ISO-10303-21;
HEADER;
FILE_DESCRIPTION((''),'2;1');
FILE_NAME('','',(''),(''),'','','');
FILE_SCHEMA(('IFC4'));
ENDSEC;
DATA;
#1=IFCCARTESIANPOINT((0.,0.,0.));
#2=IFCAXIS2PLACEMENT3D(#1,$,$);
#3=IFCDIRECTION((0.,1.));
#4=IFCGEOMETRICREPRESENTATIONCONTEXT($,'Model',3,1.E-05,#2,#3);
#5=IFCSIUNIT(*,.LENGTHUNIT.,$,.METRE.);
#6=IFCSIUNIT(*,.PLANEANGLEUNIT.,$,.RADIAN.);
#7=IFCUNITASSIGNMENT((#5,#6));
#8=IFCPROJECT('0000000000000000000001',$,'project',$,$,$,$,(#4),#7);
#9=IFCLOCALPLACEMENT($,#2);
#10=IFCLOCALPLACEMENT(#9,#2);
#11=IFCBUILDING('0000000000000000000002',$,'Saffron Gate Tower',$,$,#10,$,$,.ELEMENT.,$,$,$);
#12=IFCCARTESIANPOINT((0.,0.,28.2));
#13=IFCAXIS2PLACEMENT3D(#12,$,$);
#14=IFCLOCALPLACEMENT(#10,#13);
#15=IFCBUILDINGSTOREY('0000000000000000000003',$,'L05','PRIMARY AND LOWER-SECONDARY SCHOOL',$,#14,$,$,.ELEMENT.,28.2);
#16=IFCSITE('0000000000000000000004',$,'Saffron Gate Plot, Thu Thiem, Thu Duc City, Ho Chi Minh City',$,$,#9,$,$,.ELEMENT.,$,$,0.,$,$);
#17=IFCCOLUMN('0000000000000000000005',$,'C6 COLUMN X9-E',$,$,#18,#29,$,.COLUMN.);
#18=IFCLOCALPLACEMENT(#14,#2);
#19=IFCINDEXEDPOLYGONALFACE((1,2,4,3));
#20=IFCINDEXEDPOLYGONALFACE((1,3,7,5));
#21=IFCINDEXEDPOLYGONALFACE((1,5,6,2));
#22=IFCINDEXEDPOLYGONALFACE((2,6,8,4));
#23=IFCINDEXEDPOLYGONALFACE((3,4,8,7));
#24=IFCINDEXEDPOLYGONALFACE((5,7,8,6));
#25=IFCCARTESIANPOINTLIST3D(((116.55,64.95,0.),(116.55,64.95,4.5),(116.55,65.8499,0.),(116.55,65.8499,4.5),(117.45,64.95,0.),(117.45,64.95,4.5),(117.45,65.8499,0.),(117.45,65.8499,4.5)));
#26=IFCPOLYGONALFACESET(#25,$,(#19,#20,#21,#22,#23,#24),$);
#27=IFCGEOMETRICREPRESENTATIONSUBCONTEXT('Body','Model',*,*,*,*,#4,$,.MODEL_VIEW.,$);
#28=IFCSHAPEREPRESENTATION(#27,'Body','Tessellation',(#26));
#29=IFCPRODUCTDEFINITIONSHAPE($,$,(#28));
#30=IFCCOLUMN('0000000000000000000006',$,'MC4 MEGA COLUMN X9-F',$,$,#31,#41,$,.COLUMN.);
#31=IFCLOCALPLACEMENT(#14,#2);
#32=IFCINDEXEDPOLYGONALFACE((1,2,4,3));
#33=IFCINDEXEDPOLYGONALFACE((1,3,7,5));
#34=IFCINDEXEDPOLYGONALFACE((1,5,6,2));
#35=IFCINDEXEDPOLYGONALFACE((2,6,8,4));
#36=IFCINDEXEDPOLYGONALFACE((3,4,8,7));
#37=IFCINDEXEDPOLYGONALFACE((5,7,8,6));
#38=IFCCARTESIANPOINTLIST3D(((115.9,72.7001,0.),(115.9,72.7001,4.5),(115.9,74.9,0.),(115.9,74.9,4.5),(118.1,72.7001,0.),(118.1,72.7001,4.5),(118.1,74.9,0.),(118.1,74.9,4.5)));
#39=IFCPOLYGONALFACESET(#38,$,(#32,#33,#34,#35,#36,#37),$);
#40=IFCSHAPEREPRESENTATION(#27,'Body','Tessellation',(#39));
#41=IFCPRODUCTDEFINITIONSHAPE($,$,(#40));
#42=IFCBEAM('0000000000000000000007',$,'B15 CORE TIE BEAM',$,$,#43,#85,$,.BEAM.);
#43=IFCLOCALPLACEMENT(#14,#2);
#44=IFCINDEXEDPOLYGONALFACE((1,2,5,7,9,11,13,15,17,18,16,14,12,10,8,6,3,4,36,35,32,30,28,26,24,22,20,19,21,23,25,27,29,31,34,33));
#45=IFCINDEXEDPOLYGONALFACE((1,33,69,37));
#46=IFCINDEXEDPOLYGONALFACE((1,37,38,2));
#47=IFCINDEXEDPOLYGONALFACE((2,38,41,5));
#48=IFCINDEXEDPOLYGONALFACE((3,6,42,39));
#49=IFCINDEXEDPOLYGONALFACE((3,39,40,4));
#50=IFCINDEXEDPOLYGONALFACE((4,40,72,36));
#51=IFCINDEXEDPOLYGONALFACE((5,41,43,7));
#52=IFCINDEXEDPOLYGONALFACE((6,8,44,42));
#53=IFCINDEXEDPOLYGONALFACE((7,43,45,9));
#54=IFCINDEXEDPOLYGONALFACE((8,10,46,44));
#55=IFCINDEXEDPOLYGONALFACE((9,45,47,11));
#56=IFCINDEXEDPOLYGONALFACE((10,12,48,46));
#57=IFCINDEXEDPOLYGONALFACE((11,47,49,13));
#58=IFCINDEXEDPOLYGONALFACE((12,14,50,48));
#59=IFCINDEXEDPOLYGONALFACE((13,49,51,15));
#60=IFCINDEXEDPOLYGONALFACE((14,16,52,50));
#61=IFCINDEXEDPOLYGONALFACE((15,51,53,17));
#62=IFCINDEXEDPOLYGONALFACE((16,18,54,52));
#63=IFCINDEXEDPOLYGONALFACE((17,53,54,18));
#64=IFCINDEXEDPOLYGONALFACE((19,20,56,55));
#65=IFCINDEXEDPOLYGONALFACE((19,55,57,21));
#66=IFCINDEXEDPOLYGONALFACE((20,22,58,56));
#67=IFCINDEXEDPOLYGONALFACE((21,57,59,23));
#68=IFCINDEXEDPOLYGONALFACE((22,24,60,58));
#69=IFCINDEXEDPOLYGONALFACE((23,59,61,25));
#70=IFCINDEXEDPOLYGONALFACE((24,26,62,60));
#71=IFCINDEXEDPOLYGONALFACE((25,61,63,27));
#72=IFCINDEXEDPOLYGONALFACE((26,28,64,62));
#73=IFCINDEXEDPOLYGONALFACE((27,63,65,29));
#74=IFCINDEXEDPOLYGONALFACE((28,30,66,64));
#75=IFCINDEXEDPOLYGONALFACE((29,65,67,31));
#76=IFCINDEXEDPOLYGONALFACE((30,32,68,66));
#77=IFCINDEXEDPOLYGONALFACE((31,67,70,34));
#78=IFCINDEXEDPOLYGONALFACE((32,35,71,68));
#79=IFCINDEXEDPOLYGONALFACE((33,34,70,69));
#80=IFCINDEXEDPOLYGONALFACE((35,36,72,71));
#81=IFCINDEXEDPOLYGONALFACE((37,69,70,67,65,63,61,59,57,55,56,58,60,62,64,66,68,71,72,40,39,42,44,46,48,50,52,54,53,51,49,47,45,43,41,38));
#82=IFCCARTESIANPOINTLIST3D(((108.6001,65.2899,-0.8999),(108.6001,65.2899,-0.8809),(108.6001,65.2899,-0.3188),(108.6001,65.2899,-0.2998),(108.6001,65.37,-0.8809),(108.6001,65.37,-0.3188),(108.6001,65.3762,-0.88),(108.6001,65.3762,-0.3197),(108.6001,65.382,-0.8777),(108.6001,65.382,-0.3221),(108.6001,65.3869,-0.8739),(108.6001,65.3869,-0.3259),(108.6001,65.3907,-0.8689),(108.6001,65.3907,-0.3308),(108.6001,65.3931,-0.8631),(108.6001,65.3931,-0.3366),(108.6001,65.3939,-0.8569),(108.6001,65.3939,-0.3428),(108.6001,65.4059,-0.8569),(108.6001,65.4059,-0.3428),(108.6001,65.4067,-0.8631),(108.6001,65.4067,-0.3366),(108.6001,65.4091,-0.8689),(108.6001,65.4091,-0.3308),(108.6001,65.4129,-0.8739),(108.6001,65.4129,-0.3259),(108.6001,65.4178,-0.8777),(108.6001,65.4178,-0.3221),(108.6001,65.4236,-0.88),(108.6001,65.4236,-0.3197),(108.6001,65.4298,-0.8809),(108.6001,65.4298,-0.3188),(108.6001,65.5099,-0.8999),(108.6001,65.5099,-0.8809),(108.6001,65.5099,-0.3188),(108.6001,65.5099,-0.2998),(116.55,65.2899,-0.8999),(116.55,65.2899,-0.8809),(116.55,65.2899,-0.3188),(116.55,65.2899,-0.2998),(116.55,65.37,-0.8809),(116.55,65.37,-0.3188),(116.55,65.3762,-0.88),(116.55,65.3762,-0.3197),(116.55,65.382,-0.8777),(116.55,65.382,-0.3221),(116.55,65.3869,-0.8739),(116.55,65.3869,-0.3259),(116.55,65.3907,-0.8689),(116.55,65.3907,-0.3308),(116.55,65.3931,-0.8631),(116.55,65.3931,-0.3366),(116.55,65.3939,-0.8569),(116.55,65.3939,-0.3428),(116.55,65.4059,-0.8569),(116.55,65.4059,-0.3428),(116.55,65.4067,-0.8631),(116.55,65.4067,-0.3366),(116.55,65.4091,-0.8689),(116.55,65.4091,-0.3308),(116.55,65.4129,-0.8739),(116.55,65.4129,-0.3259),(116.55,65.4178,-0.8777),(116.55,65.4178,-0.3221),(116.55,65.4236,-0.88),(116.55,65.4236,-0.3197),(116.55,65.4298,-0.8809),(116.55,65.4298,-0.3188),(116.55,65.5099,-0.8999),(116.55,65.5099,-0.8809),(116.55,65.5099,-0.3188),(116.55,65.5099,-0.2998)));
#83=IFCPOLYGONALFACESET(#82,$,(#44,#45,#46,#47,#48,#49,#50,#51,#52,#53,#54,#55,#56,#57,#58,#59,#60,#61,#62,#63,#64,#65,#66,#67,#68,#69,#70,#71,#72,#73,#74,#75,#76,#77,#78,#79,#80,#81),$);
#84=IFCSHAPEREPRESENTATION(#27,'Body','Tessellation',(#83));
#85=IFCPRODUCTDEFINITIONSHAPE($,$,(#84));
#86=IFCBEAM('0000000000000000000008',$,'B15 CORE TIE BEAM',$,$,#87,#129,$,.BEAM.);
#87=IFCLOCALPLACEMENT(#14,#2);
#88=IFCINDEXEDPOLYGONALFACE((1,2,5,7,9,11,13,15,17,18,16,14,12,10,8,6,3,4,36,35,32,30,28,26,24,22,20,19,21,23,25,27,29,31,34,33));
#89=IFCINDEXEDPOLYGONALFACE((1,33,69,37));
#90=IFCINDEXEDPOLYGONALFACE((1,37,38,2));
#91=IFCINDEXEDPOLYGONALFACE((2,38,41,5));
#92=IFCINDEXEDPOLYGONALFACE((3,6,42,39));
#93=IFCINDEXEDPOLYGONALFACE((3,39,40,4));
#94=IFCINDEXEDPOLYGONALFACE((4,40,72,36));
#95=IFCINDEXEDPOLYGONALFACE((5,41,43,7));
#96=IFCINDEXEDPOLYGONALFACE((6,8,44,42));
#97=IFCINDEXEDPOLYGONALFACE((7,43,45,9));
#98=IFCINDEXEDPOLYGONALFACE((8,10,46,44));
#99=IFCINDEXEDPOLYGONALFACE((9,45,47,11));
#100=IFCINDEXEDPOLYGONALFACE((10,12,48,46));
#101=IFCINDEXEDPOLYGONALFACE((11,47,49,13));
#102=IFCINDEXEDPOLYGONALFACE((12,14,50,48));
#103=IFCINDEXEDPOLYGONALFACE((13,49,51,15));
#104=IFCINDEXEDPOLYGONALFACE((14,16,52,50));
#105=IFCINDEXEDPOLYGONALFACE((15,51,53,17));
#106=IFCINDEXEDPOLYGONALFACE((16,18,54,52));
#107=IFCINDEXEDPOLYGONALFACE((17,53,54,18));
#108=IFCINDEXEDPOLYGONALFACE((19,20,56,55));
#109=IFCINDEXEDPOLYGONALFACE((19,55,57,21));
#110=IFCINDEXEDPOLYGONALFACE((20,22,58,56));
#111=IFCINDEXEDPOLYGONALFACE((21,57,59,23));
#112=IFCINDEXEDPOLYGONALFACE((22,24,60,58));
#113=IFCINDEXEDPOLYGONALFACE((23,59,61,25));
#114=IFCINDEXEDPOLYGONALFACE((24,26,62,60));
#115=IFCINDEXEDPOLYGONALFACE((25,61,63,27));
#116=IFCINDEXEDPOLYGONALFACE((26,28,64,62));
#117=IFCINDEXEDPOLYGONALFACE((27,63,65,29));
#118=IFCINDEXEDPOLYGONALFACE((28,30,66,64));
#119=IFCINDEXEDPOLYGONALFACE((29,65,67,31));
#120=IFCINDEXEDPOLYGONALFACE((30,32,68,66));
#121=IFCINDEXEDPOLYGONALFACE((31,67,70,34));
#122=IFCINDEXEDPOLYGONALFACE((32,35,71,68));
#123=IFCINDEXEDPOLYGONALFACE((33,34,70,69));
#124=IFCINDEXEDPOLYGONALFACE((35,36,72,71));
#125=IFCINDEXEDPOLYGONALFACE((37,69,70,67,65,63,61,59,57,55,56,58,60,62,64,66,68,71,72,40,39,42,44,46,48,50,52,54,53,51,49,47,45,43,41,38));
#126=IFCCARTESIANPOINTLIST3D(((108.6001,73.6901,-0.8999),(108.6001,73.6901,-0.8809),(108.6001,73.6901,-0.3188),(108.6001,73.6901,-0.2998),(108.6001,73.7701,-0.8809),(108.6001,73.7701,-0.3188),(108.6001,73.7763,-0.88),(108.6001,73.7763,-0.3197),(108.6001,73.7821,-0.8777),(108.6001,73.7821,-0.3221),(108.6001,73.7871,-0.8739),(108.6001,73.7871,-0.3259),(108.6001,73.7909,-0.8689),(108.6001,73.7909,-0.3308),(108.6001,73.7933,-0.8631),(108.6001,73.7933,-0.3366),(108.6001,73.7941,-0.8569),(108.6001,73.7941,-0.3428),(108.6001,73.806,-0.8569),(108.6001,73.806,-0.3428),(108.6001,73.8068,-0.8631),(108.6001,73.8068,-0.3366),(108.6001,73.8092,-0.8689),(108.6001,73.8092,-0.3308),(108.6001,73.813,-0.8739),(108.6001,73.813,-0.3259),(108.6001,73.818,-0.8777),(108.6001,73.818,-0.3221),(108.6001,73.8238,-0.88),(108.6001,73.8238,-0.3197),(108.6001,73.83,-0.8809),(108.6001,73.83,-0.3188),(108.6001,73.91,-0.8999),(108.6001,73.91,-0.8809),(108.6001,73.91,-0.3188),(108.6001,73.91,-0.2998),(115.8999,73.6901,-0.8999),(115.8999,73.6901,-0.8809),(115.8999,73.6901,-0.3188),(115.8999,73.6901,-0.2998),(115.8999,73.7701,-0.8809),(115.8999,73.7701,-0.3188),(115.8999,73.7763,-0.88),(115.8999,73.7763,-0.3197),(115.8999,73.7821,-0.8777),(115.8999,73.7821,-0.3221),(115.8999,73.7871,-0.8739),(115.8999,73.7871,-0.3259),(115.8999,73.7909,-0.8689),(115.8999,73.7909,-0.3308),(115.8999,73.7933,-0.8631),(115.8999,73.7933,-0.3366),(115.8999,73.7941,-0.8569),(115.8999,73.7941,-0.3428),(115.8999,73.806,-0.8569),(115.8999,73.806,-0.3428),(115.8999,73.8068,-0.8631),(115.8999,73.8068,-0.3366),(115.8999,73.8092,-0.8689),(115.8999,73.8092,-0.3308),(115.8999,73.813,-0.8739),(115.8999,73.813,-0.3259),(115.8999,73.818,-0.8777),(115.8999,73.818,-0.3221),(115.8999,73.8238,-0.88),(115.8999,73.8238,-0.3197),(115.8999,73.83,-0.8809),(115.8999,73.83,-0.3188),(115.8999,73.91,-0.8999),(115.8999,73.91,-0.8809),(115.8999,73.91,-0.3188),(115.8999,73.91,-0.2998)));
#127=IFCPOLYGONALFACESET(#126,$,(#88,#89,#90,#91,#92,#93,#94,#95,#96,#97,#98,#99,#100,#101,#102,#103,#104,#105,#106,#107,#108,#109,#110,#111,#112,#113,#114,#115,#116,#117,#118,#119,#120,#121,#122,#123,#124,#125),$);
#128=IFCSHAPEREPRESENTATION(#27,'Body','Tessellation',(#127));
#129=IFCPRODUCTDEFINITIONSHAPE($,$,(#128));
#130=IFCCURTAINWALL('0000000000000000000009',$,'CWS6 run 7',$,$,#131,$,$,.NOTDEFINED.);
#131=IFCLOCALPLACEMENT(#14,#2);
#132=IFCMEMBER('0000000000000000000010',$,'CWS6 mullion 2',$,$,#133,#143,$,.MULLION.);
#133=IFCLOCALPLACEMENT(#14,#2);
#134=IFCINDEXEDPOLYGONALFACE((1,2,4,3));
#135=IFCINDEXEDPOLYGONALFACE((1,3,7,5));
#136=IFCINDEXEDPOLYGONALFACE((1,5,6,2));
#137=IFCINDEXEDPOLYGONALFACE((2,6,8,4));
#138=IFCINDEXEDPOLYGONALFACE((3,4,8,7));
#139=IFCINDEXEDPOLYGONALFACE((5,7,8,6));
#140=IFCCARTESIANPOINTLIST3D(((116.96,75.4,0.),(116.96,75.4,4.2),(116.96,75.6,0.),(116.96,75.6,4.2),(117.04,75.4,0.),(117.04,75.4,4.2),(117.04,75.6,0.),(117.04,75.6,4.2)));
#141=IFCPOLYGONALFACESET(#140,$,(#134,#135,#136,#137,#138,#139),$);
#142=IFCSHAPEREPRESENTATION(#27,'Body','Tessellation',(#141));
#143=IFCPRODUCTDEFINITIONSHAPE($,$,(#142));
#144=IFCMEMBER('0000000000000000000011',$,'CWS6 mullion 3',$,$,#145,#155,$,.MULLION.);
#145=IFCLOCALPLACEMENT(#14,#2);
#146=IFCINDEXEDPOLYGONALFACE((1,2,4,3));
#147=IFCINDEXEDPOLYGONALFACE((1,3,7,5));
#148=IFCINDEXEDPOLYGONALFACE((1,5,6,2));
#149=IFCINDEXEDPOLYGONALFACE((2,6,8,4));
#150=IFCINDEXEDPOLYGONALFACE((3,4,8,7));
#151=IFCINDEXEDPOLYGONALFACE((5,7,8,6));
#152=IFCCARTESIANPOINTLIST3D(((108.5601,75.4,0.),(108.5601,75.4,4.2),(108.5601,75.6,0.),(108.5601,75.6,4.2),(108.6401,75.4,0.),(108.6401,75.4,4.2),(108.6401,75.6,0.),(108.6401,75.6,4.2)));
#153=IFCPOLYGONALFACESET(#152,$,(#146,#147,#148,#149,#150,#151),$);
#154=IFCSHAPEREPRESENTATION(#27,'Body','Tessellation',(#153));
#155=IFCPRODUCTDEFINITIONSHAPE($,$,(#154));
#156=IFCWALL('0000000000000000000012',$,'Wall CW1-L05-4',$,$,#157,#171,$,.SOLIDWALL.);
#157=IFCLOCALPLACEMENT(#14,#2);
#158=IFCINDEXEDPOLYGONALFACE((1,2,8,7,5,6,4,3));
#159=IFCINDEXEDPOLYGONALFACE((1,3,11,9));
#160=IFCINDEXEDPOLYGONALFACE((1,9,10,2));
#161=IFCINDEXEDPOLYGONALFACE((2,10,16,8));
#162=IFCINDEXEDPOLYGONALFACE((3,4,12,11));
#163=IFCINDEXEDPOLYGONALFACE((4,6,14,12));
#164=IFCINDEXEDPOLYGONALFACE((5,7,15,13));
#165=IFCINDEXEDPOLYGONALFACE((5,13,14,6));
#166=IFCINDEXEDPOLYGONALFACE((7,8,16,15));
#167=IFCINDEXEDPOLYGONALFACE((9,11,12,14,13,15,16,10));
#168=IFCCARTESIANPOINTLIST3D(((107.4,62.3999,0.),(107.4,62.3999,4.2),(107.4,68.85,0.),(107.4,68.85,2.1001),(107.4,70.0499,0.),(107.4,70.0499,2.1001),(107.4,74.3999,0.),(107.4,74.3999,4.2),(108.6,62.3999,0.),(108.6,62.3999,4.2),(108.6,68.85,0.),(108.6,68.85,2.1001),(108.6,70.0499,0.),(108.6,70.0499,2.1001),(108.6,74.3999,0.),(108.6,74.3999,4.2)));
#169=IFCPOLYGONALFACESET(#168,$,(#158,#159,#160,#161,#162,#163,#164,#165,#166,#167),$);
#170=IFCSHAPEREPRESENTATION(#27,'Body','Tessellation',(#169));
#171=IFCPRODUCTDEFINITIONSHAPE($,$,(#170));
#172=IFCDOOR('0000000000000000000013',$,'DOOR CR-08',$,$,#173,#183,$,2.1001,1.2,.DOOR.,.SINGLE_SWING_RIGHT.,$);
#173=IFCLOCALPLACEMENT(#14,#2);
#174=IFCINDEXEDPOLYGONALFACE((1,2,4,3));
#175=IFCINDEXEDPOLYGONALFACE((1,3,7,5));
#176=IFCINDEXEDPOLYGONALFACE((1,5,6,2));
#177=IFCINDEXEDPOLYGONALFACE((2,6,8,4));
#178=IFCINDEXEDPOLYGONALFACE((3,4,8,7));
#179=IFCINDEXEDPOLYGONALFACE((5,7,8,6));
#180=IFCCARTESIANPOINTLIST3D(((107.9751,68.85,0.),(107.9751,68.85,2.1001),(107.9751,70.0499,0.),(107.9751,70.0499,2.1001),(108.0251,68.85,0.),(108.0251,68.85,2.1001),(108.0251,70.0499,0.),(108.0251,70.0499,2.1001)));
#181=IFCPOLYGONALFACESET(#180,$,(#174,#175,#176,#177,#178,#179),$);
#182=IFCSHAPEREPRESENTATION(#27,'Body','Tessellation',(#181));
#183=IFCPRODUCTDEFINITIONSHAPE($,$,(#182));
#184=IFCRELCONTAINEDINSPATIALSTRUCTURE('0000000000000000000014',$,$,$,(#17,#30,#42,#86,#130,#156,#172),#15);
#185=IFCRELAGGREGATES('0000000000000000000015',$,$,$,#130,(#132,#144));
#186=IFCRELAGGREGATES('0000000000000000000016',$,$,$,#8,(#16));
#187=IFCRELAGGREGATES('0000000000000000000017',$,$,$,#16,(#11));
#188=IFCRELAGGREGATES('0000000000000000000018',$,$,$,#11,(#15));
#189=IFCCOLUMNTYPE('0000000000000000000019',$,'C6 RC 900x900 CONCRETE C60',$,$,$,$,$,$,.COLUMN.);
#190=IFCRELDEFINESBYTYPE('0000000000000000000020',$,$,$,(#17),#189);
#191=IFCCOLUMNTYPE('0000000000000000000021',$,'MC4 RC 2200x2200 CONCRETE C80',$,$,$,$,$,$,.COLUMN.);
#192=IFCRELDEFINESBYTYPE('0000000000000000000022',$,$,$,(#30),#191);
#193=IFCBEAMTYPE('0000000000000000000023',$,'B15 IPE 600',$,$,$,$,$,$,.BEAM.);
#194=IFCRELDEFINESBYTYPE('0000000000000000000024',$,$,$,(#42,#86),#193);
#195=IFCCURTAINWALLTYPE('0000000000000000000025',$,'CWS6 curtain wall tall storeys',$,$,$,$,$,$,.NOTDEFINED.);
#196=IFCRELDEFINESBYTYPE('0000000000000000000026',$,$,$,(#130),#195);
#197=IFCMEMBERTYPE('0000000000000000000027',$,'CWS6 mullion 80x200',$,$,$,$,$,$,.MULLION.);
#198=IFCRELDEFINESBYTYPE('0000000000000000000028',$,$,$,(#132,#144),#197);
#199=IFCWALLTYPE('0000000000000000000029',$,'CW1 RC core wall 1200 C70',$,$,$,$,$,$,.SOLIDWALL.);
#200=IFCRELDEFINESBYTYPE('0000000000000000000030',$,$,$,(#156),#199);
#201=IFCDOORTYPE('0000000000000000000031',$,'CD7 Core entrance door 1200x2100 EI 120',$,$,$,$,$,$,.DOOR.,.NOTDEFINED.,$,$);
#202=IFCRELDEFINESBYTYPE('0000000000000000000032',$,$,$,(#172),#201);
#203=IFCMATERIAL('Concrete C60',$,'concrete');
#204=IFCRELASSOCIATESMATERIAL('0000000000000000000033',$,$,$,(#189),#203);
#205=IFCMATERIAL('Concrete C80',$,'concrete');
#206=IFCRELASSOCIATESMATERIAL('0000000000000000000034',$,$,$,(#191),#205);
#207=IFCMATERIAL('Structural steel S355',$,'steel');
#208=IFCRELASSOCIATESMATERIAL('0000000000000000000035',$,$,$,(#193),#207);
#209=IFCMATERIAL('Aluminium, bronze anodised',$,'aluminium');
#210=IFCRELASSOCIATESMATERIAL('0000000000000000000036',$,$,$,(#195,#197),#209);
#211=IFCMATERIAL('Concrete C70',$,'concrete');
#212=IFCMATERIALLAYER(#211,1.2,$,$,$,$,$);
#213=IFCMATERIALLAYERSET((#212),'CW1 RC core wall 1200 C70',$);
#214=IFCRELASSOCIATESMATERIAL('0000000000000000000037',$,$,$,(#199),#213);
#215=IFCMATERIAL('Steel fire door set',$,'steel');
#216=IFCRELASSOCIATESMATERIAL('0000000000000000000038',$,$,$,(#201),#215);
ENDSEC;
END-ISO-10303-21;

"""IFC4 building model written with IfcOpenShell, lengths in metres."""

from ifc_helpers import new_model, si_unit, direction, frame, frame_2d, origin, origin_2d, place, context, subcontext, project, spatial, rectangle, i_section, extrude, material, layer, layer_set, material_profile, profile_set, type_object, element, fill, aggregate, save


model = new_model("IFC4")

# Units and contexts
model_context = context("Model", 3, precision=1e-05, world=origin(), true_north=direction((0.0, 1.0)))
body_context = subcontext(model_context, "Body", "Model", "MODEL_VIEW")
ifc_project = project(units=[si_unit("LENGTHUNIT", "METRE"), si_unit("PLANEANGLEUNIT", "RADIAN")], contexts=[model_context])

# Site, building, storey
site_placement = place(None, origin())
site = spatial("IfcSite", under=ifc_project, at=site_placement, Name="Saffron Gate Plot, Thu Thiem, Thu Duc City, Ho Chi Minh City", CompositionType="ELEMENT", RefElevation=0.0)
building_placement = place(site_placement, origin())
building = spatial("IfcBuilding", under=site, at=building_placement, Name="Saffron Gate Tower", CompositionType="ELEMENT")
storey_placement = place(building_placement, frame((0.0, 0.0, 28.2)))
storey = spatial("IfcBuildingStorey", under=building, at=storey_placement, Name="L05", Description="PRIMARY AND LOWER-SECONDARY SCHOOL", CompositionType="ELEMENT", Elevation=28.2)

# Columns
ifc_material_1 = material(Name="Concrete C60", Category="concrete")
ifc_material_profile_1 = material_profile(ifc_material_1, rectangle(XDim=0.8999, YDim=0.8999, at=origin_2d()))
ifc_profile_set_1 = profile_set([ifc_material_profile_1], Name="Concrete C60")
column_type_1 = type_object("IfcColumnType", Name="C6 RC 900x900 CONCRETE C60", PredefinedType="COLUMN", material=ifc_profile_set_1)
column_1_placement = place(storey_placement, frame((117.0, 65.3999, 0.0), z_axis=(0.0, 0.0, 1.0), x_axis=(1.0, 0.0, 0.0)))
element("IfcColumn", 1, at=column_1_placement, inside=storey, type_object=column_type_1, Name="C6 COLUMN X9-E", PredefinedType="COLUMN", context=body_context, shape_type="SweptSolid", body=[
    extrude(rectangle(XDim=0.8999, YDim=0.8999, at=origin_2d()), origin(), (0.0, 0.0, 1.0), 4.5),
])
ifc_material_2 = material(Name="Concrete C80", Category="concrete")
ifc_material_profile_2 = material_profile(ifc_material_2, rectangle(XDim=2.2, YDim=2.2, at=origin_2d()))
ifc_profile_set_2 = profile_set([ifc_material_profile_2], Name="Concrete C80")
column_type_2 = type_object("IfcColumnType", Name="MC4 RC 2200x2200 CONCRETE C80", PredefinedType="COLUMN", material=ifc_profile_set_2)
column_2_placement = place(storey_placement, frame((117.0, 73.8, 0.0), z_axis=(0.0, 0.0, 1.0), x_axis=(1.0, 0.0, 0.0)))
element("IfcColumn", 2, at=column_2_placement, inside=storey, type_object=column_type_2, Name="MC4 MEGA COLUMN X9-F", PredefinedType="COLUMN", context=body_context, shape_type="SweptSolid", body=[
    extrude(rectangle(XDim=2.2, YDim=2.2, at=origin_2d()), origin(), (0.0, 0.0, 1.0), 4.5),
])

# Beams
ifc_material_3 = material(Name="Structural steel S355", Category="steel")
ifc_material_profile_3 = material_profile(ifc_material_3, i_section(OverallWidth=0.22, OverallDepth=0.6001, WebThickness=0.012, FlangeThickness=0.019, FilletRadius=0.0239, at=origin_2d()))
ifc_profile_set_3 = profile_set([ifc_material_profile_3], Name="Structural steel S355")
beam_type = type_object("IfcBeamType", Name="B15 IPE 600", PredefinedType="BEAM", material=ifc_profile_set_3)
beam_1_placement = place(storey_placement, frame((116.55, 65.3999, -0.5999), z_axis=(-1.0, 0.0, 0.0), x_axis=(0.0, -1.0, 0.0)))
element("IfcBeam", 3, at=beam_1_placement, inside=storey, type_object=beam_type, Name="B15 CORE TIE BEAM", PredefinedType="BEAM", context=body_context, shape_type="SweptSolid", body=[
    extrude(i_section(OverallWidth=0.22, OverallDepth=0.6001, WebThickness=0.012, FlangeThickness=0.019, FilletRadius=0.0239, at=origin_2d()), origin(), (0.0, 0.0, 1.0), 7.95),
])
beam_2_placement = place(storey_placement, frame((115.8999, 73.8, -0.5999), z_axis=(-1.0, 0.0, 0.0), x_axis=(0.0, -1.0, 0.0)))
element("IfcBeam", 4, at=beam_2_placement, inside=storey, type_object=beam_type, Name="B15 CORE TIE BEAM", PredefinedType="BEAM", context=body_context, shape_type="SweptSolid", body=[
    extrude(i_section(OverallWidth=0.22, OverallDepth=0.6001, WebThickness=0.012, FlangeThickness=0.019, FilletRadius=0.0239, at=origin_2d()), origin(), (0.0, 0.0, 1.0), 7.2998),
])

# Curtain wall, members
ifc_material_4 = material(Name="Aluminium, bronze anodised", Category="aluminium")
curtain_wall_type = type_object("IfcCurtainWallType", Name="CWS6 curtain wall tall storeys", PredefinedType="NOTDEFINED", material=ifc_material_4)
curtain_wall_placement = place(storey_placement, origin())
curtain_wall = element("IfcCurtainWall", 5, at=curtain_wall_placement, inside=storey, type_object=curtain_wall_type, Name="CWS6 run 7", PredefinedType="NOTDEFINED")
ifc_material_profile_4 = material_profile(ifc_material_4, rectangle(XDim=0.2, YDim=0.0801, at=origin_2d()))
ifc_profile_set_4 = profile_set([ifc_material_profile_4], Name="Aluminium, bronze anodised")
member_type = type_object("IfcMemberType", Name="CWS6 mullion 80x200", PredefinedType="MULLION", material=ifc_profile_set_4)
member_1_placement = place(storey_placement, frame((117.0, 75.5, 0.0), z_axis=(0.0, 0.0, 1.0), x_axis=(0.0, -1.0, 0.0)))
member_1 = element("IfcMember", 6, at=member_1_placement, type_object=member_type, Name="CWS6 mullion 2", PredefinedType="MULLION", context=body_context, shape_type="SweptSolid", body=[
    extrude(rectangle(XDim=0.2, YDim=0.0801, at=origin_2d()), origin(), (0.0, 0.0, 1.0), 4.2),
])
member_2_placement = place(storey_placement, frame((108.6001, 75.5, 0.0), z_axis=(0.0, 0.0, 1.0), x_axis=(0.0, -1.0, 0.0)))
member_2 = element("IfcMember", 7, at=member_2_placement, type_object=member_type, Name="CWS6 mullion 3", PredefinedType="MULLION", context=body_context, shape_type="SweptSolid", body=[
    extrude(rectangle(XDim=0.2, YDim=0.0801, at=origin_2d()), origin(), (0.0, 0.0, 1.0), 4.2),
])
aggregate(curtain_wall, [member_1, member_2])

# Wall, opening, door
ifc_material_5 = material(Name="Concrete C70", Category="concrete")
ifc_layer_1 = layer(ifc_material_5, 1.2)
ifc_layer_set_1 = layer_set([ifc_layer_1], Name="CW1 RC core wall 1200 C70")
wall_type_1 = type_object("IfcWallType", Name="CW1 RC core wall 1200 C70", PredefinedType="SOLIDWALL", material=ifc_layer_set_1)
wall_1_placement = place(storey_placement, frame((108.0, 62.3999, 0.0), z_axis=(0.0, 0.0, 1.0), x_axis=(0.0, 1.0, 0.0)))
wall_1 = element("IfcWall", 8, at=wall_1_placement, inside=storey, type_object=wall_type_1, Name="Wall CW1-L05-4", PredefinedType="SOLIDWALL", context=body_context, shape_type="SweptSolid", body=[
    extrude(rectangle(XDim=12.0, YDim=1.2, at=frame_2d((6.0, 0.0))), origin(), (0.0, 0.0, 1.0), 4.2),
])
opening_1_placement = place(wall_1_placement, frame((6.45, 0.0, 0.0)))
opening_1 = element("IfcOpeningElement", 9, at=opening_1_placement, cuts=wall_1, PredefinedType="OPENING", context=body_context, shape_type="SweptSolid", body=[
    extrude(rectangle(XDim=1.2, YDim=2.1001, at=frame_2d((0.6001, 1.05))), frame((0.0, 0.6099, 0.0), z_axis=(0.0, -1.0, 0.0), x_axis=(1.0, 0.0, 0.0)), (0.0, 0.0, 1.0), 1.22),
])
ifc_material_6 = material(Name="Steel fire door set", Category="steel")
door_type_1 = type_object("IfcDoorType", Name="CD7 Core entrance door 1200x2100 EI 120", OperationType="NOTDEFINED", PredefinedType="DOOR", material=ifc_material_6)
door_1_placement = place(opening_1_placement, origin())
door_1 = element("IfcDoor", 10, at=door_1_placement, inside=storey, type_object=door_type_1, Name="DOOR CR-08", OperationType="SINGLE_SWING_RIGHT", OverallHeight=2.1001, OverallWidth=1.2, PredefinedType="DOOR", context=body_context, shape_type="SweptSolid", body=[
    extrude(rectangle(XDim=1.2, YDim=2.1001, at=frame_2d((0.6001, 1.05))), frame((0.0, 0.0249, 0.0), z_axis=(0.0, -1.0, 0.0), x_axis=(1.0, 0.0, 0.0)), (0.0, 0.0, 1.0), 0.05),
])
fill(opening_1, door_1)

save(model, "model.ifc")
